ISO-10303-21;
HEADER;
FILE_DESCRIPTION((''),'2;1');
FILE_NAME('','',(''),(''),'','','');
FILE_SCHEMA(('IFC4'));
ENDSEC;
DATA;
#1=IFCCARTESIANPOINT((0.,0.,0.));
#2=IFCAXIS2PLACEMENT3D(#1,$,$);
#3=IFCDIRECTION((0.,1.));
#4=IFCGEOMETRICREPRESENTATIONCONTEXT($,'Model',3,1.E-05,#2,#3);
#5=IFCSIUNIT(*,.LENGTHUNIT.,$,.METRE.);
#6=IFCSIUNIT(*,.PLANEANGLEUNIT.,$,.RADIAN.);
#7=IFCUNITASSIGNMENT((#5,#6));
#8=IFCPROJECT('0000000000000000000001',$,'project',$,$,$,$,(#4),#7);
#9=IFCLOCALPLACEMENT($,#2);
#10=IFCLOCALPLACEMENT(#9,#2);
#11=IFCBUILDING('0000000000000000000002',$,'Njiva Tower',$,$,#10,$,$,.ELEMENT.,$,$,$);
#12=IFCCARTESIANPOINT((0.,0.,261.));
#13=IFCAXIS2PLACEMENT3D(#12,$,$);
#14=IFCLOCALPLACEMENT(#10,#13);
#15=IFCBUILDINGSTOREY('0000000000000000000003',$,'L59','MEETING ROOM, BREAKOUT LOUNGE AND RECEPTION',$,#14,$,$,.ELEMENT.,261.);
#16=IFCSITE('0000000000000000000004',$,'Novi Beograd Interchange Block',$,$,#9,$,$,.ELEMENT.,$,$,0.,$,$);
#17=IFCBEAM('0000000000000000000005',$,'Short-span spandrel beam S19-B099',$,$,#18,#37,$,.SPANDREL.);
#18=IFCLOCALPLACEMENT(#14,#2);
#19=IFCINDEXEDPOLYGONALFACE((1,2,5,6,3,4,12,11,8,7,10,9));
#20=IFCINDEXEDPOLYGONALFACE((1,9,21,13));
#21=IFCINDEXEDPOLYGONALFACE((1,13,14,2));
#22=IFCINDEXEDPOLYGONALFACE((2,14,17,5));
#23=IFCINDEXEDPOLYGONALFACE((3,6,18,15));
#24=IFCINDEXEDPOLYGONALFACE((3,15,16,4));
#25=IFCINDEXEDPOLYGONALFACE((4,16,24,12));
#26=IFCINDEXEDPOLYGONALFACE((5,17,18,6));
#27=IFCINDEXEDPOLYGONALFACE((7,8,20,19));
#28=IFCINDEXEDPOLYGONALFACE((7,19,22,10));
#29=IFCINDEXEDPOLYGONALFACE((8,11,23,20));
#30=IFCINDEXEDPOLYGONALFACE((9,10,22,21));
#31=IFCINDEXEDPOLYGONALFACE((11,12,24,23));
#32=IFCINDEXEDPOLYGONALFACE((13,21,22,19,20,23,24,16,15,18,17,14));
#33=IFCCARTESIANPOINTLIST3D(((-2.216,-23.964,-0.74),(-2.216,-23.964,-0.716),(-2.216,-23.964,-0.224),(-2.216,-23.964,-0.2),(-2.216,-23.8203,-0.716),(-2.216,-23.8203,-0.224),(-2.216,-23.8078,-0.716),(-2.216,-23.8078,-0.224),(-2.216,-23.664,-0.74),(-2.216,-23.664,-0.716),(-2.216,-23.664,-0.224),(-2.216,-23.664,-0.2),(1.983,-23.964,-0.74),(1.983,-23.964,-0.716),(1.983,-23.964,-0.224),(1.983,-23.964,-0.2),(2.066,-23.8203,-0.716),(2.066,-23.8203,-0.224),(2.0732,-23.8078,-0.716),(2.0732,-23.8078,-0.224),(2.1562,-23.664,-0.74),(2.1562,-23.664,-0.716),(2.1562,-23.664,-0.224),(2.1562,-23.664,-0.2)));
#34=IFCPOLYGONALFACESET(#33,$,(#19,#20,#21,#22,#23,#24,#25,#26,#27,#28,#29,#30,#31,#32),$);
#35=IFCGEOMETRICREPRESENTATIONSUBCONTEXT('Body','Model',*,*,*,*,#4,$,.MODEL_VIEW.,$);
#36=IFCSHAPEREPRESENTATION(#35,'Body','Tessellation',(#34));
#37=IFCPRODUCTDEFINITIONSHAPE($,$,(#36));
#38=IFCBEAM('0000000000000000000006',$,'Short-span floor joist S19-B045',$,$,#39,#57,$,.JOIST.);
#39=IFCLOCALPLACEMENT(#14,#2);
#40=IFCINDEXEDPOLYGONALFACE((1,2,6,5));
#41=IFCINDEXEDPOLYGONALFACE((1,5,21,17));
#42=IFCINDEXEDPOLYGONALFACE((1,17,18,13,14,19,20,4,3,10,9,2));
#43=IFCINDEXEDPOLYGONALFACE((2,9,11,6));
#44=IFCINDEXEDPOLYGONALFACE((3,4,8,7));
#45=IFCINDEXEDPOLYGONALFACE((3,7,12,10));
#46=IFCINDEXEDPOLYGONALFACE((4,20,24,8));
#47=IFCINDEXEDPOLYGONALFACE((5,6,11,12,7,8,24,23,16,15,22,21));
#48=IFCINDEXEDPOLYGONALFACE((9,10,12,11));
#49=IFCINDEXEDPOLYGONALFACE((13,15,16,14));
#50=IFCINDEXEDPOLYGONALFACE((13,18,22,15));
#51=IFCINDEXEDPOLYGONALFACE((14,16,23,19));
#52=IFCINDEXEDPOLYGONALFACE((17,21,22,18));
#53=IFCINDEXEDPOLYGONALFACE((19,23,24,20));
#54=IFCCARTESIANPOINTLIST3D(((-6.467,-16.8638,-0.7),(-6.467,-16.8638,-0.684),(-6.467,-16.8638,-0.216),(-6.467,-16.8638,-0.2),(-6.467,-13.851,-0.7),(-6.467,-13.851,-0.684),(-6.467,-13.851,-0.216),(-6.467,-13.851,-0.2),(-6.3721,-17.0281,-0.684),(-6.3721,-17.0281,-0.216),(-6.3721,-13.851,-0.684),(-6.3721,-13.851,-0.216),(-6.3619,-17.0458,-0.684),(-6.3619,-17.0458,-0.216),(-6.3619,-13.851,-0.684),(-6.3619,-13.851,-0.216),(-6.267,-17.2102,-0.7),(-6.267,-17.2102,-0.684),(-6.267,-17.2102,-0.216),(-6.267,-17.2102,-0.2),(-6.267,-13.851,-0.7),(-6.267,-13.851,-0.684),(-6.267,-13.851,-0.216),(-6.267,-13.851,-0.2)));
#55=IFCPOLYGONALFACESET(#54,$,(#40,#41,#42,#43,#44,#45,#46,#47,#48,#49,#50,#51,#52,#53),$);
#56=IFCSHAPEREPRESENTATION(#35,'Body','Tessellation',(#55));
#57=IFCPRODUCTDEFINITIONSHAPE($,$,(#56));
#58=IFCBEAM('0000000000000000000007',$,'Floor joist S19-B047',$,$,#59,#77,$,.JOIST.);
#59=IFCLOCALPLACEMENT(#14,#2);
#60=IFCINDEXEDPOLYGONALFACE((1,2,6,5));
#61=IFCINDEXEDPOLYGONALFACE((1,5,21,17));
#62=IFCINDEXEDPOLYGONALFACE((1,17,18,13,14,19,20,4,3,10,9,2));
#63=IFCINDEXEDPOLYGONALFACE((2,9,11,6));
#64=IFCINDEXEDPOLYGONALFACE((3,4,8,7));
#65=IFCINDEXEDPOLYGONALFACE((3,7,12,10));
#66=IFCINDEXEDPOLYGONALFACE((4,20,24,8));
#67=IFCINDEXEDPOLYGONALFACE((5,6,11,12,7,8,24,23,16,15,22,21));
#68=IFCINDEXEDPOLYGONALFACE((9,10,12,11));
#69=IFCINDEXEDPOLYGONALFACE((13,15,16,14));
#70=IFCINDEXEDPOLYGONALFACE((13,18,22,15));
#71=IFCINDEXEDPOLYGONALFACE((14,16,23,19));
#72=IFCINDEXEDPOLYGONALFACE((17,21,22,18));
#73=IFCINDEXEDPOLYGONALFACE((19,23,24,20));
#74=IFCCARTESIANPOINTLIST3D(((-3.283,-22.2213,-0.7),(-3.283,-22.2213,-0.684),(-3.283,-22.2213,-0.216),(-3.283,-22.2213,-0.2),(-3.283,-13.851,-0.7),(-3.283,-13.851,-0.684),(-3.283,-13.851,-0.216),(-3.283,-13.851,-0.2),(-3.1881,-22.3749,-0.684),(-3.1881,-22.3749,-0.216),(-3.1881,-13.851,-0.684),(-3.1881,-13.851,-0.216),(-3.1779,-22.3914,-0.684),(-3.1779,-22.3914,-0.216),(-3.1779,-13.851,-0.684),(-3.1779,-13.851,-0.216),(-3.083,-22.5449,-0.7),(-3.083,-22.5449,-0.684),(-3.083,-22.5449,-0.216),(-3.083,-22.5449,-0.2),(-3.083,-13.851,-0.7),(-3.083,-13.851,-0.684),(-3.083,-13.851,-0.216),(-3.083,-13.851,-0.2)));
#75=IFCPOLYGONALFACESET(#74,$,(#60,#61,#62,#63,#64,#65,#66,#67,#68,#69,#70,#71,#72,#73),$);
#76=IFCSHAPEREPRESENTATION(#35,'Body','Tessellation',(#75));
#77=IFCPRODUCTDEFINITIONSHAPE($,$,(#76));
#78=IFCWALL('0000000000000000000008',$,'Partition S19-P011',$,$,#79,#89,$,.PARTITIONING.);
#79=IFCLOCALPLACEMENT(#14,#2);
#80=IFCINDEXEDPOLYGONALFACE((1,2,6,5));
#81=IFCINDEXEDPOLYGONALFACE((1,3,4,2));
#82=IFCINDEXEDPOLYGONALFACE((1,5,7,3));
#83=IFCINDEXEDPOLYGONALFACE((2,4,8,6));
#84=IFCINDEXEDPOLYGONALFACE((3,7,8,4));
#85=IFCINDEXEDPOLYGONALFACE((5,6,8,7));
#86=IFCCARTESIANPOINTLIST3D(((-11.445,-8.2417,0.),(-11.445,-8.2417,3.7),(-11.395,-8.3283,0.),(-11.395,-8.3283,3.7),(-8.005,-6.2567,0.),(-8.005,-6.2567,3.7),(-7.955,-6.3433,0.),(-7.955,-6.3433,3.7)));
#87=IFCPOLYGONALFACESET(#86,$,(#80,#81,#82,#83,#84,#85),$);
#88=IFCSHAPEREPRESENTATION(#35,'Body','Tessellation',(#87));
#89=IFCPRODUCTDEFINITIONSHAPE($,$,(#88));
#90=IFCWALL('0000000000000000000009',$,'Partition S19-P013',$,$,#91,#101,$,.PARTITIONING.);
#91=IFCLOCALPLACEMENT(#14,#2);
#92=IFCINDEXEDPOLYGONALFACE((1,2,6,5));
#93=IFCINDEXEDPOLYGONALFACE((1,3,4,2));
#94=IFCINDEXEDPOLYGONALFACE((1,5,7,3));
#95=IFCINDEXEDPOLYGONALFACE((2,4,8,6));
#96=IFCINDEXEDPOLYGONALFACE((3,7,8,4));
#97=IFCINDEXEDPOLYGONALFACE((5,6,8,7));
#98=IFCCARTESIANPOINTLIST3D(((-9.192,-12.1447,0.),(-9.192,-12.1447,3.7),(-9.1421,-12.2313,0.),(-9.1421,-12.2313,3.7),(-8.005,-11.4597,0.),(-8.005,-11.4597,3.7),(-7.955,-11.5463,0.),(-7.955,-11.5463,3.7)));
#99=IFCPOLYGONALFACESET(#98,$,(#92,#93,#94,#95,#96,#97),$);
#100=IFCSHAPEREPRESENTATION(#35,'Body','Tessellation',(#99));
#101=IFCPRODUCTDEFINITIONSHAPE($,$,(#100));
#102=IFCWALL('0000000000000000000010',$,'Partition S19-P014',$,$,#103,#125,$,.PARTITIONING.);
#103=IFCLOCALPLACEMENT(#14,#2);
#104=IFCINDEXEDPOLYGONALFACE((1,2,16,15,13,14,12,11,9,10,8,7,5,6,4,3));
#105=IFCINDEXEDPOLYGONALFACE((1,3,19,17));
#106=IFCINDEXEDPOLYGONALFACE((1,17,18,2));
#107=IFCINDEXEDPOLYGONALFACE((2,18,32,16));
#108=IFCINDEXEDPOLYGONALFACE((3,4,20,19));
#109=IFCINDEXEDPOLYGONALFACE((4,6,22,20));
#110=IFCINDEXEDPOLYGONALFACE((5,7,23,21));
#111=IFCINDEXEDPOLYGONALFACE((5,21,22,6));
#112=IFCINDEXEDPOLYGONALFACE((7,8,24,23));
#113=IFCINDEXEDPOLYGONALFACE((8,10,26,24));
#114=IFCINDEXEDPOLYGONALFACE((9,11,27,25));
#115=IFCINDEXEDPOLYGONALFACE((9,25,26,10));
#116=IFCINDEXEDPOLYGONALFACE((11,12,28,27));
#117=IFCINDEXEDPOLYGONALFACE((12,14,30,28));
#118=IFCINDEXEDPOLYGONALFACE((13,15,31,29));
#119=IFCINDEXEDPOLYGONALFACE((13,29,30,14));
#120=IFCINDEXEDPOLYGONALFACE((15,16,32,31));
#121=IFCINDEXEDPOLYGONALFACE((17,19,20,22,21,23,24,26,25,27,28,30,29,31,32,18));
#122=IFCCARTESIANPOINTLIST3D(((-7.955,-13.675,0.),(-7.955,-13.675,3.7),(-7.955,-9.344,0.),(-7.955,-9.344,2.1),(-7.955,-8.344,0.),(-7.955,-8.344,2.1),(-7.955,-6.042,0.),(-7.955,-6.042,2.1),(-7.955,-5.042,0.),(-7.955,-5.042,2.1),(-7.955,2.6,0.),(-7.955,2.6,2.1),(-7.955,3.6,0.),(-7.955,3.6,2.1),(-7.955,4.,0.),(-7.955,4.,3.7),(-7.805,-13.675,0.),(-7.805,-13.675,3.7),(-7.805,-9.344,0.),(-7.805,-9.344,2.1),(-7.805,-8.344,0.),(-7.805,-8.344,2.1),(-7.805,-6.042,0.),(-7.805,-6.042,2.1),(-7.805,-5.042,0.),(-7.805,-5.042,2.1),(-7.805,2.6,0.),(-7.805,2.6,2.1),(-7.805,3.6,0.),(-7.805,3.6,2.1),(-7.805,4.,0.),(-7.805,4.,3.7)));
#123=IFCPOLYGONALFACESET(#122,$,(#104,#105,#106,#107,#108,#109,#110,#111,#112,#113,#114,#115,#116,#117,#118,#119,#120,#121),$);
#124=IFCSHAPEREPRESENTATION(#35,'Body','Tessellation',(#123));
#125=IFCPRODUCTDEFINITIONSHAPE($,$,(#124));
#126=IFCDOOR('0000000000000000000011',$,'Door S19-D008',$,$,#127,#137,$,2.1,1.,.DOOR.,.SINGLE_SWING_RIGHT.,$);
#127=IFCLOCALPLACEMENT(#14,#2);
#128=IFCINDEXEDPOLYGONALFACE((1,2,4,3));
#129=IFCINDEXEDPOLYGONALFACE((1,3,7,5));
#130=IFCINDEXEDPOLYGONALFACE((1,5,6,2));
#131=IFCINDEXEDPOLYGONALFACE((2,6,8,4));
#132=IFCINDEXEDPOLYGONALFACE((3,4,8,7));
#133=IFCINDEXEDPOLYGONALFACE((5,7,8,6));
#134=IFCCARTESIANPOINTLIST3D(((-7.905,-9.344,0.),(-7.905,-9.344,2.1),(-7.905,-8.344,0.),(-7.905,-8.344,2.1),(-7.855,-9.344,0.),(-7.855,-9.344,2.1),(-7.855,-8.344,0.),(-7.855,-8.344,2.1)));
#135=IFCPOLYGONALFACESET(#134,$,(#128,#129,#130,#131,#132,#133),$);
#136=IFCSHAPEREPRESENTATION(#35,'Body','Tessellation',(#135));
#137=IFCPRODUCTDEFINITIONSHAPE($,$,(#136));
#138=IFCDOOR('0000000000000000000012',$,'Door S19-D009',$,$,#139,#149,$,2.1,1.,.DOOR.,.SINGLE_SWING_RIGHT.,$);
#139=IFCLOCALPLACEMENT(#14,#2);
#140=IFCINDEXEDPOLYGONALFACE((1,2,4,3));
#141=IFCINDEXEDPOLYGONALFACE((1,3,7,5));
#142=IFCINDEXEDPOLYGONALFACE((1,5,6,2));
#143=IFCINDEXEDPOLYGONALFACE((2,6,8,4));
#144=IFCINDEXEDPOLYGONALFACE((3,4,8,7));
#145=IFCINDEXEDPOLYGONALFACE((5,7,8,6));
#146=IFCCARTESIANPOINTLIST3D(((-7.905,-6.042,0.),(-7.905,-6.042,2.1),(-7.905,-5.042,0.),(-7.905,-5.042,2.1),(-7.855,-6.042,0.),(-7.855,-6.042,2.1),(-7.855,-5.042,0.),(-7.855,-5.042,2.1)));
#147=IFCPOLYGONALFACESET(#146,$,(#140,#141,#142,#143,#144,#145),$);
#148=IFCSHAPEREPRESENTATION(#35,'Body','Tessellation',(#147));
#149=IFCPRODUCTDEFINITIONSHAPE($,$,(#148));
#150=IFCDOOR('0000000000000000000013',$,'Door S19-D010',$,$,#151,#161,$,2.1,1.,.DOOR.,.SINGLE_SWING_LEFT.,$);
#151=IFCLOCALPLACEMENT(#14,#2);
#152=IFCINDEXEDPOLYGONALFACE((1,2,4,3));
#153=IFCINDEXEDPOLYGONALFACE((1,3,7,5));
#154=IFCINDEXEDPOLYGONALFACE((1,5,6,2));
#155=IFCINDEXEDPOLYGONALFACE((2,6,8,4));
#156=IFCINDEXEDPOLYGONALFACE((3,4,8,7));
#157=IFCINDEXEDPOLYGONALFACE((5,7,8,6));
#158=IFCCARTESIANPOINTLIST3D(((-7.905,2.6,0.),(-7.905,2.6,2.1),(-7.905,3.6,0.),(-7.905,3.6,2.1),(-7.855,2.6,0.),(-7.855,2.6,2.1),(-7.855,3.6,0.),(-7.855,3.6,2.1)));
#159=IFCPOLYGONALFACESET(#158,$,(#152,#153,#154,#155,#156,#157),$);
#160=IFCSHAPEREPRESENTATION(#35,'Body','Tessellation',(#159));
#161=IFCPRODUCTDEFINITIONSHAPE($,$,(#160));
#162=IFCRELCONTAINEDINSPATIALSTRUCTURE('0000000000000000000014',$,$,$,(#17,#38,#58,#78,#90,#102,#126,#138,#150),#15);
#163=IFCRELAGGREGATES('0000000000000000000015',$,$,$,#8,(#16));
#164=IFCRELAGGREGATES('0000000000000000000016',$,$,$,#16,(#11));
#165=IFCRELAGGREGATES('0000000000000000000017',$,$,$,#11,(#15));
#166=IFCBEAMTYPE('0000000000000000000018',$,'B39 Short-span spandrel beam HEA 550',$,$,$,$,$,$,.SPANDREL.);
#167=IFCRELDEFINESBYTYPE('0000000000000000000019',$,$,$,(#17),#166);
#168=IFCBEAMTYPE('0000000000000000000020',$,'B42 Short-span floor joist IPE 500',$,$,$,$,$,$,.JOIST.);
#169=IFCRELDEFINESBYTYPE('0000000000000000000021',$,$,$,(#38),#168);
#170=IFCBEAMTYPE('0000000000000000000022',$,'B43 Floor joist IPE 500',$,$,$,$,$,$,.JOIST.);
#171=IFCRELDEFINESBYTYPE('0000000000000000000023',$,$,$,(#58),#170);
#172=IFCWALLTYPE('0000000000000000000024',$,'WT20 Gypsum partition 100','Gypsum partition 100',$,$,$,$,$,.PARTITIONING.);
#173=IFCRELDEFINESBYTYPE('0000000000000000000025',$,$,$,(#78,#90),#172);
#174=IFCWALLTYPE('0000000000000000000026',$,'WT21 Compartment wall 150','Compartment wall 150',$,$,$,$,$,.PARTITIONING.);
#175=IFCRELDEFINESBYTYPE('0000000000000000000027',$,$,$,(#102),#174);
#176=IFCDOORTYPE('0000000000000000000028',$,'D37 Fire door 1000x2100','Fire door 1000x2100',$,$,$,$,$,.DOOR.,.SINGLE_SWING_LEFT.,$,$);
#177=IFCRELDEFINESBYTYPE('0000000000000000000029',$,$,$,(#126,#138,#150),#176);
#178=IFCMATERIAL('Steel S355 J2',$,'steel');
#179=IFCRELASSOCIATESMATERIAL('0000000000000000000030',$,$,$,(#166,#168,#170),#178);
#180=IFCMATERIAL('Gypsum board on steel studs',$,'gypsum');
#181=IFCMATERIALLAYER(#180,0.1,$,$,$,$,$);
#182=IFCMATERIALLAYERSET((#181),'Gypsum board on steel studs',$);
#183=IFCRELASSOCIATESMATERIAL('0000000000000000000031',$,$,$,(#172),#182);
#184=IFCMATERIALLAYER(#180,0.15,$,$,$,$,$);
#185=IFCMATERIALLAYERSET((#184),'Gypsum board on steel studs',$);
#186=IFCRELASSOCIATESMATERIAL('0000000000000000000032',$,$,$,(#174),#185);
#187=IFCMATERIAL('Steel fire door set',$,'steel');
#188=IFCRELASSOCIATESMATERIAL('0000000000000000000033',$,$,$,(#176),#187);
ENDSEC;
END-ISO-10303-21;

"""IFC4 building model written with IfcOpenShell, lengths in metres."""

from ifc_helpers import new_model, si_unit, direction, frame, frame_2d, origin, origin_2d, place, context, subcontext, project, spatial, rectangle, i_section, extrude, clip, halfspace, material, layer, layer_set, material_profile, profile_set, type_object, element, fill, save


model = new_model("IFC4")

# Units and contexts
model_context = context("Model", 3, precision=1e-05, world=origin(), true_north=direction((0.0, 1.0)))
body_context = subcontext(model_context, "Body", "Model", "MODEL_VIEW")
ifc_project = project(units=[si_unit("LENGTHUNIT", "METRE"), si_unit("PLANEANGLEUNIT", "RADIAN")], contexts=[model_context])

# Site, building, storey
site_placement = place(None, origin())
site = spatial("IfcSite", under=ifc_project, at=site_placement, Name="Novi Beograd Interchange Block", CompositionType="ELEMENT", RefElevation=0.0)
building_placement = place(site_placement, origin())
building = spatial("IfcBuilding", under=site, at=building_placement, Name="Njiva Tower", CompositionType="ELEMENT")
storey_placement = place(building_placement, frame((0.0, 0.0, 261.0)))
storey = spatial("IfcBuildingStorey", under=building, at=storey_placement, Name="L59", Description="MEETING ROOM, BREAKOUT LOUNGE AND RECEPTION", CompositionType="ELEMENT", Elevation=261.0)

# Shared definitions
ifc_material_1 = material(Name="Steel S355 J2", Category="steel")

# Beams
ifc_material_profile_1 = material_profile(ifc_material_1, i_section(OverallWidth=0.3, OverallDepth=0.54, WebThickness=0.0125, FlangeThickness=0.024, at=origin_2d()), Name="HEA 550")
ifc_profile_set_1 = profile_set([ifc_material_profile_1], Name="Steel S355 J2")
beam_type_1 = type_object("IfcBeamType", Name="B39 Short-span spandrel beam HEA 550", PredefinedType="SPANDREL", material=ifc_profile_set_1)
beam_1_placement = place(storey_placement, frame((-2.216, -23.814, -0.47), z_axis=(1.0, 0.0, 0.0), x_axis=(0.0, 1.0, 0.0)))
element("IfcBeam", 1, at=beam_1_placement, inside=storey, type_object=beam_type_1, Name="Short-span spandrel beam S19-B099", PredefinedType="SPANDREL", context=body_context, shape_type="Clipping", body=[
    clip(extrude(i_section(OverallWidth=0.3, OverallDepth=0.54, WebThickness=0.0125, FlangeThickness=0.024, at=origin_2d()), origin(), (0.0, 0.0, 1.0), 4.393), halfspace(frame((-0.0246, 0.0, 4.2714), z_axis=(-0.499998, 0.0, 0.866027), x_axis=(0.0, 1.0, 0.0)), False)),
])
ifc_material_profile_2 = material_profile(ifc_material_1, i_section(OverallWidth=0.2, OverallDepth=0.5, WebThickness=0.0102, FlangeThickness=0.016, at=origin_2d()), Name="IPE 500")
ifc_profile_set_2 = profile_set([ifc_material_profile_2], Name="Steel S355 J2")
beam_type_2 = type_object("IfcBeamType", Name="B42 Short-span floor joist IPE 500", PredefinedType="JOIST", material=ifc_profile_set_2)
beam_2_placement = place(storey_placement, frame((-6.367, -13.851, -0.45), z_axis=(0.0, -1.0, 0.0), x_axis=(1.0, 0.0, 0.0)))
element("IfcBeam", 2, at=beam_2_placement, inside=storey, type_object=beam_type_2, Name="Short-span floor joist S19-B045", PredefinedType="JOIST", context=body_context, shape_type="Clipping", body=[
    clip(extrude(i_section(OverallWidth=0.2, OverallDepth=0.5, WebThickness=0.0102, FlangeThickness=0.016, at=origin_2d()), origin(), (0.0, 0.0, 1.0), 3.38), halfspace(frame((-0.043, 0.0, 3.1115), z_axis=(-0.866027, 0.0, 0.499998), x_axis=(0.0, 1.0, 0.0)), False)),
])
ifc_material_profile_3 = material_profile(ifc_material_1, i_section(OverallWidth=0.2, OverallDepth=0.5, WebThickness=0.0102, FlangeThickness=0.016, at=origin_2d()), Name="IPE 500")
ifc_profile_set_3 = profile_set([ifc_material_profile_3], Name="Steel S355 J2")
beam_type_3 = type_object("IfcBeamType", Name="B43 Floor joist IPE 500", PredefinedType="JOIST", material=ifc_profile_set_3)
beam_3_placement = place(storey_placement, frame((-3.183, -13.851, -0.45), z_axis=(0.0, -1.0, 0.0), x_axis=(1.0, 0.0, 0.0)))
element("IfcBeam", 3, at=beam_3_placement, inside=storey, type_object=beam_type_3, Name="Floor joist S19-B047", PredefinedType="JOIST", context=body_context, shape_type="Clipping", body=[
    clip(extrude(i_section(OverallWidth=0.2, OverallDepth=0.5, WebThickness=0.0102, FlangeThickness=0.016, at=origin_2d()), origin(), (0.0, 0.0, 1.0), 8.713), halfspace(frame((-0.0429, 0.0, 8.4627), z_axis=(-0.850616, 0.0, 0.525788), x_axis=(0.0, 1.0, 0.0)), False)),
])

# Walls
ifc_material_2 = material(Name="Gypsum board on steel studs", Category="gypsum")
ifc_layer_1 = layer(ifc_material_2, 0.1)
ifc_layer_set_1 = layer_set([ifc_layer_1], Name="Gypsum board on steel studs")
wall_type_1 = type_object("IfcWallType", Name="WT20 Gypsum partition 100", Description="Gypsum partition 100", PredefinedType="PARTITIONING", material=ifc_layer_set_1)
wall_1_placement = place(storey_placement, frame((-11.42, -8.285, 0.0), z_axis=(0.0, 0.0, 1.0), x_axis=(0.866144, 0.499795, 0.0)))
element("IfcWall", 4, at=wall_1_placement, inside=storey, type_object=wall_type_1, Name="Partition S19-P011", PredefinedType="PARTITIONING", context=body_context, shape_type="SweptSolid", body=[
    extrude(rectangle(XDim=3.9716, YDim=0.1, at=frame_2d((1.9858, 0.0))), origin(), (0.0, 0.0, 1.0), 3.7),
])
wall_2_placement = place(storey_placement, frame((-9.167, -12.188, 0.0), z_axis=(0.0, 0.0, 1.0), x_axis=(0.866125, 0.499828, 0.0)))
element("IfcWall", 5, at=wall_2_placement, inside=storey, type_object=wall_type_1, Name="Partition S19-P013", PredefinedType="PARTITIONING", context=body_context, shape_type="SweptSolid", body=[
    extrude(rectangle(XDim=1.3705, YDim=0.1, at=frame_2d((0.6852, 0.0))), origin(), (0.0, 0.0, 1.0), 3.7),
])

# Wall, openings, doors
ifc_layer_2 = layer(ifc_material_2, 0.15)
ifc_layer_set_2 = layer_set([ifc_layer_2], Name="Gypsum board on steel studs")
wall_type_2 = type_object("IfcWallType", Name="WT21 Compartment wall 150", Description="Compartment wall 150", PredefinedType="PARTITIONING", material=ifc_layer_set_2)
wall_3_placement = place(storey_placement, frame((-7.88, -13.675, 0.0), z_axis=(0.0, 0.0, 1.0), x_axis=(0.0, 1.0, 0.0)))
wall_3 = element("IfcWall", 6, at=wall_3_placement, inside=storey, type_object=wall_type_2, Name="Partition S19-P014", PredefinedType="PARTITIONING", context=body_context, shape_type="SweptSolid", body=[
    extrude(rectangle(XDim=17.675, YDim=0.15, at=frame_2d((8.8375, 0.0))), origin(), (0.0, 0.0, 1.0), 3.7),
])
opening_1_placement = place(wall_3_placement, frame((4.331, 0.0, 0.0)))
opening_1 = element("IfcOpeningElement", 7, at=opening_1_placement, cuts=wall_3, PredefinedType="OPENING", context=body_context, shape_type="SweptSolid", body=[
    extrude(rectangle(XDim=1.0, YDim=2.1, at=frame_2d((0.5, 1.05))), frame((0.0, 0.085, 0.0), z_axis=(0.0, -1.0, 0.0), x_axis=(1.0, 0.0, 0.0)), (0.0, 0.0, 1.0), 0.17),
])
opening_2_placement = place(wall_3_placement, frame((7.633, 0.0, 0.0)))
opening_2 = element("IfcOpeningElement", 8, at=opening_2_placement, cuts=wall_3, PredefinedType="OPENING", context=body_context, shape_type="SweptSolid", body=[
    extrude(rectangle(XDim=1.0, YDim=2.1, at=frame_2d((0.5, 1.05))), frame((0.0, 0.085, 0.0), z_axis=(0.0, -1.0, 0.0), x_axis=(1.0, 0.0, 0.0)), (0.0, 0.0, 1.0), 0.17),
])
opening_3_placement = place(wall_3_placement, frame((16.275, 0.0, 0.0)))
opening_3 = element("IfcOpeningElement", 9, at=opening_3_placement, cuts=wall_3, PredefinedType="OPENING", context=body_context, shape_type="SweptSolid", body=[
    extrude(rectangle(XDim=1.0, YDim=2.1, at=frame_2d((0.5, 1.05))), frame((0.0, 0.085, 0.0), z_axis=(0.0, -1.0, 0.0), x_axis=(1.0, 0.0, 0.0)), (0.0, 0.0, 1.0), 0.17),
])
ifc_material_3 = material(Name="Steel fire door set", Category="steel")
door_type = type_object("IfcDoorType", Name="D37 Fire door 1000x2100", Description="Fire door 1000x2100", OperationType="SINGLE_SWING_LEFT", PredefinedType="DOOR", material=ifc_material_3)
door_1_placement = place(opening_1_placement, origin())
door_1 = element("IfcDoor", 10, at=door_1_placement, inside=storey, type_object=door_type, Name="Door S19-D008", OperationType="SINGLE_SWING_RIGHT", OverallHeight=2.1, OverallWidth=1.0, PredefinedType="DOOR", context=body_context, shape_type="SweptSolid", body=[
    extrude(rectangle(XDim=1.0, YDim=2.1, at=frame_2d((0.5, 1.05))), frame((0.0, 0.025, 0.0), z_axis=(0.0, -1.0, 0.0), x_axis=(1.0, 0.0, 0.0)), (0.0, 0.0, 1.0), 0.05),
])
fill(opening_1, door_1)
door_2_placement = place(opening_2_placement, origin())
door_2 = element("IfcDoor", 11, at=door_2_placement, inside=storey, type_object=door_type, Name="Door S19-D009", OperationType="SINGLE_SWING_RIGHT", OverallHeight=2.1, OverallWidth=1.0, PredefinedType="DOOR", context=body_context, shape_type="SweptSolid", body=[
    extrude(rectangle(XDim=1.0, YDim=2.1, at=frame_2d((0.5, 1.05))), frame((0.0, 0.025, 0.0), z_axis=(0.0, -1.0, 0.0), x_axis=(1.0, 0.0, 0.0)), (0.0, 0.0, 1.0), 0.05),
])
fill(opening_2, door_2)
door_3_placement = place(opening_3_placement, origin())
door_3 = element("IfcDoor", 12, at=door_3_placement, inside=storey, type_object=door_type, Name="Door S19-D010", OperationType="SINGLE_SWING_LEFT", OverallHeight=2.1, OverallWidth=1.0, PredefinedType="DOOR", context=body_context, shape_type="SweptSolid", body=[
    extrude(rectangle(XDim=1.0, YDim=2.1, at=frame_2d((0.5, 1.05))), frame((0.0, 0.025, 0.0), z_axis=(0.0, -1.0, 0.0), x_axis=(1.0, 0.0, 0.0)), (0.0, 0.0, 1.0), 0.05),
])
fill(opening_3, door_3)

save(model, "model.ifc")
